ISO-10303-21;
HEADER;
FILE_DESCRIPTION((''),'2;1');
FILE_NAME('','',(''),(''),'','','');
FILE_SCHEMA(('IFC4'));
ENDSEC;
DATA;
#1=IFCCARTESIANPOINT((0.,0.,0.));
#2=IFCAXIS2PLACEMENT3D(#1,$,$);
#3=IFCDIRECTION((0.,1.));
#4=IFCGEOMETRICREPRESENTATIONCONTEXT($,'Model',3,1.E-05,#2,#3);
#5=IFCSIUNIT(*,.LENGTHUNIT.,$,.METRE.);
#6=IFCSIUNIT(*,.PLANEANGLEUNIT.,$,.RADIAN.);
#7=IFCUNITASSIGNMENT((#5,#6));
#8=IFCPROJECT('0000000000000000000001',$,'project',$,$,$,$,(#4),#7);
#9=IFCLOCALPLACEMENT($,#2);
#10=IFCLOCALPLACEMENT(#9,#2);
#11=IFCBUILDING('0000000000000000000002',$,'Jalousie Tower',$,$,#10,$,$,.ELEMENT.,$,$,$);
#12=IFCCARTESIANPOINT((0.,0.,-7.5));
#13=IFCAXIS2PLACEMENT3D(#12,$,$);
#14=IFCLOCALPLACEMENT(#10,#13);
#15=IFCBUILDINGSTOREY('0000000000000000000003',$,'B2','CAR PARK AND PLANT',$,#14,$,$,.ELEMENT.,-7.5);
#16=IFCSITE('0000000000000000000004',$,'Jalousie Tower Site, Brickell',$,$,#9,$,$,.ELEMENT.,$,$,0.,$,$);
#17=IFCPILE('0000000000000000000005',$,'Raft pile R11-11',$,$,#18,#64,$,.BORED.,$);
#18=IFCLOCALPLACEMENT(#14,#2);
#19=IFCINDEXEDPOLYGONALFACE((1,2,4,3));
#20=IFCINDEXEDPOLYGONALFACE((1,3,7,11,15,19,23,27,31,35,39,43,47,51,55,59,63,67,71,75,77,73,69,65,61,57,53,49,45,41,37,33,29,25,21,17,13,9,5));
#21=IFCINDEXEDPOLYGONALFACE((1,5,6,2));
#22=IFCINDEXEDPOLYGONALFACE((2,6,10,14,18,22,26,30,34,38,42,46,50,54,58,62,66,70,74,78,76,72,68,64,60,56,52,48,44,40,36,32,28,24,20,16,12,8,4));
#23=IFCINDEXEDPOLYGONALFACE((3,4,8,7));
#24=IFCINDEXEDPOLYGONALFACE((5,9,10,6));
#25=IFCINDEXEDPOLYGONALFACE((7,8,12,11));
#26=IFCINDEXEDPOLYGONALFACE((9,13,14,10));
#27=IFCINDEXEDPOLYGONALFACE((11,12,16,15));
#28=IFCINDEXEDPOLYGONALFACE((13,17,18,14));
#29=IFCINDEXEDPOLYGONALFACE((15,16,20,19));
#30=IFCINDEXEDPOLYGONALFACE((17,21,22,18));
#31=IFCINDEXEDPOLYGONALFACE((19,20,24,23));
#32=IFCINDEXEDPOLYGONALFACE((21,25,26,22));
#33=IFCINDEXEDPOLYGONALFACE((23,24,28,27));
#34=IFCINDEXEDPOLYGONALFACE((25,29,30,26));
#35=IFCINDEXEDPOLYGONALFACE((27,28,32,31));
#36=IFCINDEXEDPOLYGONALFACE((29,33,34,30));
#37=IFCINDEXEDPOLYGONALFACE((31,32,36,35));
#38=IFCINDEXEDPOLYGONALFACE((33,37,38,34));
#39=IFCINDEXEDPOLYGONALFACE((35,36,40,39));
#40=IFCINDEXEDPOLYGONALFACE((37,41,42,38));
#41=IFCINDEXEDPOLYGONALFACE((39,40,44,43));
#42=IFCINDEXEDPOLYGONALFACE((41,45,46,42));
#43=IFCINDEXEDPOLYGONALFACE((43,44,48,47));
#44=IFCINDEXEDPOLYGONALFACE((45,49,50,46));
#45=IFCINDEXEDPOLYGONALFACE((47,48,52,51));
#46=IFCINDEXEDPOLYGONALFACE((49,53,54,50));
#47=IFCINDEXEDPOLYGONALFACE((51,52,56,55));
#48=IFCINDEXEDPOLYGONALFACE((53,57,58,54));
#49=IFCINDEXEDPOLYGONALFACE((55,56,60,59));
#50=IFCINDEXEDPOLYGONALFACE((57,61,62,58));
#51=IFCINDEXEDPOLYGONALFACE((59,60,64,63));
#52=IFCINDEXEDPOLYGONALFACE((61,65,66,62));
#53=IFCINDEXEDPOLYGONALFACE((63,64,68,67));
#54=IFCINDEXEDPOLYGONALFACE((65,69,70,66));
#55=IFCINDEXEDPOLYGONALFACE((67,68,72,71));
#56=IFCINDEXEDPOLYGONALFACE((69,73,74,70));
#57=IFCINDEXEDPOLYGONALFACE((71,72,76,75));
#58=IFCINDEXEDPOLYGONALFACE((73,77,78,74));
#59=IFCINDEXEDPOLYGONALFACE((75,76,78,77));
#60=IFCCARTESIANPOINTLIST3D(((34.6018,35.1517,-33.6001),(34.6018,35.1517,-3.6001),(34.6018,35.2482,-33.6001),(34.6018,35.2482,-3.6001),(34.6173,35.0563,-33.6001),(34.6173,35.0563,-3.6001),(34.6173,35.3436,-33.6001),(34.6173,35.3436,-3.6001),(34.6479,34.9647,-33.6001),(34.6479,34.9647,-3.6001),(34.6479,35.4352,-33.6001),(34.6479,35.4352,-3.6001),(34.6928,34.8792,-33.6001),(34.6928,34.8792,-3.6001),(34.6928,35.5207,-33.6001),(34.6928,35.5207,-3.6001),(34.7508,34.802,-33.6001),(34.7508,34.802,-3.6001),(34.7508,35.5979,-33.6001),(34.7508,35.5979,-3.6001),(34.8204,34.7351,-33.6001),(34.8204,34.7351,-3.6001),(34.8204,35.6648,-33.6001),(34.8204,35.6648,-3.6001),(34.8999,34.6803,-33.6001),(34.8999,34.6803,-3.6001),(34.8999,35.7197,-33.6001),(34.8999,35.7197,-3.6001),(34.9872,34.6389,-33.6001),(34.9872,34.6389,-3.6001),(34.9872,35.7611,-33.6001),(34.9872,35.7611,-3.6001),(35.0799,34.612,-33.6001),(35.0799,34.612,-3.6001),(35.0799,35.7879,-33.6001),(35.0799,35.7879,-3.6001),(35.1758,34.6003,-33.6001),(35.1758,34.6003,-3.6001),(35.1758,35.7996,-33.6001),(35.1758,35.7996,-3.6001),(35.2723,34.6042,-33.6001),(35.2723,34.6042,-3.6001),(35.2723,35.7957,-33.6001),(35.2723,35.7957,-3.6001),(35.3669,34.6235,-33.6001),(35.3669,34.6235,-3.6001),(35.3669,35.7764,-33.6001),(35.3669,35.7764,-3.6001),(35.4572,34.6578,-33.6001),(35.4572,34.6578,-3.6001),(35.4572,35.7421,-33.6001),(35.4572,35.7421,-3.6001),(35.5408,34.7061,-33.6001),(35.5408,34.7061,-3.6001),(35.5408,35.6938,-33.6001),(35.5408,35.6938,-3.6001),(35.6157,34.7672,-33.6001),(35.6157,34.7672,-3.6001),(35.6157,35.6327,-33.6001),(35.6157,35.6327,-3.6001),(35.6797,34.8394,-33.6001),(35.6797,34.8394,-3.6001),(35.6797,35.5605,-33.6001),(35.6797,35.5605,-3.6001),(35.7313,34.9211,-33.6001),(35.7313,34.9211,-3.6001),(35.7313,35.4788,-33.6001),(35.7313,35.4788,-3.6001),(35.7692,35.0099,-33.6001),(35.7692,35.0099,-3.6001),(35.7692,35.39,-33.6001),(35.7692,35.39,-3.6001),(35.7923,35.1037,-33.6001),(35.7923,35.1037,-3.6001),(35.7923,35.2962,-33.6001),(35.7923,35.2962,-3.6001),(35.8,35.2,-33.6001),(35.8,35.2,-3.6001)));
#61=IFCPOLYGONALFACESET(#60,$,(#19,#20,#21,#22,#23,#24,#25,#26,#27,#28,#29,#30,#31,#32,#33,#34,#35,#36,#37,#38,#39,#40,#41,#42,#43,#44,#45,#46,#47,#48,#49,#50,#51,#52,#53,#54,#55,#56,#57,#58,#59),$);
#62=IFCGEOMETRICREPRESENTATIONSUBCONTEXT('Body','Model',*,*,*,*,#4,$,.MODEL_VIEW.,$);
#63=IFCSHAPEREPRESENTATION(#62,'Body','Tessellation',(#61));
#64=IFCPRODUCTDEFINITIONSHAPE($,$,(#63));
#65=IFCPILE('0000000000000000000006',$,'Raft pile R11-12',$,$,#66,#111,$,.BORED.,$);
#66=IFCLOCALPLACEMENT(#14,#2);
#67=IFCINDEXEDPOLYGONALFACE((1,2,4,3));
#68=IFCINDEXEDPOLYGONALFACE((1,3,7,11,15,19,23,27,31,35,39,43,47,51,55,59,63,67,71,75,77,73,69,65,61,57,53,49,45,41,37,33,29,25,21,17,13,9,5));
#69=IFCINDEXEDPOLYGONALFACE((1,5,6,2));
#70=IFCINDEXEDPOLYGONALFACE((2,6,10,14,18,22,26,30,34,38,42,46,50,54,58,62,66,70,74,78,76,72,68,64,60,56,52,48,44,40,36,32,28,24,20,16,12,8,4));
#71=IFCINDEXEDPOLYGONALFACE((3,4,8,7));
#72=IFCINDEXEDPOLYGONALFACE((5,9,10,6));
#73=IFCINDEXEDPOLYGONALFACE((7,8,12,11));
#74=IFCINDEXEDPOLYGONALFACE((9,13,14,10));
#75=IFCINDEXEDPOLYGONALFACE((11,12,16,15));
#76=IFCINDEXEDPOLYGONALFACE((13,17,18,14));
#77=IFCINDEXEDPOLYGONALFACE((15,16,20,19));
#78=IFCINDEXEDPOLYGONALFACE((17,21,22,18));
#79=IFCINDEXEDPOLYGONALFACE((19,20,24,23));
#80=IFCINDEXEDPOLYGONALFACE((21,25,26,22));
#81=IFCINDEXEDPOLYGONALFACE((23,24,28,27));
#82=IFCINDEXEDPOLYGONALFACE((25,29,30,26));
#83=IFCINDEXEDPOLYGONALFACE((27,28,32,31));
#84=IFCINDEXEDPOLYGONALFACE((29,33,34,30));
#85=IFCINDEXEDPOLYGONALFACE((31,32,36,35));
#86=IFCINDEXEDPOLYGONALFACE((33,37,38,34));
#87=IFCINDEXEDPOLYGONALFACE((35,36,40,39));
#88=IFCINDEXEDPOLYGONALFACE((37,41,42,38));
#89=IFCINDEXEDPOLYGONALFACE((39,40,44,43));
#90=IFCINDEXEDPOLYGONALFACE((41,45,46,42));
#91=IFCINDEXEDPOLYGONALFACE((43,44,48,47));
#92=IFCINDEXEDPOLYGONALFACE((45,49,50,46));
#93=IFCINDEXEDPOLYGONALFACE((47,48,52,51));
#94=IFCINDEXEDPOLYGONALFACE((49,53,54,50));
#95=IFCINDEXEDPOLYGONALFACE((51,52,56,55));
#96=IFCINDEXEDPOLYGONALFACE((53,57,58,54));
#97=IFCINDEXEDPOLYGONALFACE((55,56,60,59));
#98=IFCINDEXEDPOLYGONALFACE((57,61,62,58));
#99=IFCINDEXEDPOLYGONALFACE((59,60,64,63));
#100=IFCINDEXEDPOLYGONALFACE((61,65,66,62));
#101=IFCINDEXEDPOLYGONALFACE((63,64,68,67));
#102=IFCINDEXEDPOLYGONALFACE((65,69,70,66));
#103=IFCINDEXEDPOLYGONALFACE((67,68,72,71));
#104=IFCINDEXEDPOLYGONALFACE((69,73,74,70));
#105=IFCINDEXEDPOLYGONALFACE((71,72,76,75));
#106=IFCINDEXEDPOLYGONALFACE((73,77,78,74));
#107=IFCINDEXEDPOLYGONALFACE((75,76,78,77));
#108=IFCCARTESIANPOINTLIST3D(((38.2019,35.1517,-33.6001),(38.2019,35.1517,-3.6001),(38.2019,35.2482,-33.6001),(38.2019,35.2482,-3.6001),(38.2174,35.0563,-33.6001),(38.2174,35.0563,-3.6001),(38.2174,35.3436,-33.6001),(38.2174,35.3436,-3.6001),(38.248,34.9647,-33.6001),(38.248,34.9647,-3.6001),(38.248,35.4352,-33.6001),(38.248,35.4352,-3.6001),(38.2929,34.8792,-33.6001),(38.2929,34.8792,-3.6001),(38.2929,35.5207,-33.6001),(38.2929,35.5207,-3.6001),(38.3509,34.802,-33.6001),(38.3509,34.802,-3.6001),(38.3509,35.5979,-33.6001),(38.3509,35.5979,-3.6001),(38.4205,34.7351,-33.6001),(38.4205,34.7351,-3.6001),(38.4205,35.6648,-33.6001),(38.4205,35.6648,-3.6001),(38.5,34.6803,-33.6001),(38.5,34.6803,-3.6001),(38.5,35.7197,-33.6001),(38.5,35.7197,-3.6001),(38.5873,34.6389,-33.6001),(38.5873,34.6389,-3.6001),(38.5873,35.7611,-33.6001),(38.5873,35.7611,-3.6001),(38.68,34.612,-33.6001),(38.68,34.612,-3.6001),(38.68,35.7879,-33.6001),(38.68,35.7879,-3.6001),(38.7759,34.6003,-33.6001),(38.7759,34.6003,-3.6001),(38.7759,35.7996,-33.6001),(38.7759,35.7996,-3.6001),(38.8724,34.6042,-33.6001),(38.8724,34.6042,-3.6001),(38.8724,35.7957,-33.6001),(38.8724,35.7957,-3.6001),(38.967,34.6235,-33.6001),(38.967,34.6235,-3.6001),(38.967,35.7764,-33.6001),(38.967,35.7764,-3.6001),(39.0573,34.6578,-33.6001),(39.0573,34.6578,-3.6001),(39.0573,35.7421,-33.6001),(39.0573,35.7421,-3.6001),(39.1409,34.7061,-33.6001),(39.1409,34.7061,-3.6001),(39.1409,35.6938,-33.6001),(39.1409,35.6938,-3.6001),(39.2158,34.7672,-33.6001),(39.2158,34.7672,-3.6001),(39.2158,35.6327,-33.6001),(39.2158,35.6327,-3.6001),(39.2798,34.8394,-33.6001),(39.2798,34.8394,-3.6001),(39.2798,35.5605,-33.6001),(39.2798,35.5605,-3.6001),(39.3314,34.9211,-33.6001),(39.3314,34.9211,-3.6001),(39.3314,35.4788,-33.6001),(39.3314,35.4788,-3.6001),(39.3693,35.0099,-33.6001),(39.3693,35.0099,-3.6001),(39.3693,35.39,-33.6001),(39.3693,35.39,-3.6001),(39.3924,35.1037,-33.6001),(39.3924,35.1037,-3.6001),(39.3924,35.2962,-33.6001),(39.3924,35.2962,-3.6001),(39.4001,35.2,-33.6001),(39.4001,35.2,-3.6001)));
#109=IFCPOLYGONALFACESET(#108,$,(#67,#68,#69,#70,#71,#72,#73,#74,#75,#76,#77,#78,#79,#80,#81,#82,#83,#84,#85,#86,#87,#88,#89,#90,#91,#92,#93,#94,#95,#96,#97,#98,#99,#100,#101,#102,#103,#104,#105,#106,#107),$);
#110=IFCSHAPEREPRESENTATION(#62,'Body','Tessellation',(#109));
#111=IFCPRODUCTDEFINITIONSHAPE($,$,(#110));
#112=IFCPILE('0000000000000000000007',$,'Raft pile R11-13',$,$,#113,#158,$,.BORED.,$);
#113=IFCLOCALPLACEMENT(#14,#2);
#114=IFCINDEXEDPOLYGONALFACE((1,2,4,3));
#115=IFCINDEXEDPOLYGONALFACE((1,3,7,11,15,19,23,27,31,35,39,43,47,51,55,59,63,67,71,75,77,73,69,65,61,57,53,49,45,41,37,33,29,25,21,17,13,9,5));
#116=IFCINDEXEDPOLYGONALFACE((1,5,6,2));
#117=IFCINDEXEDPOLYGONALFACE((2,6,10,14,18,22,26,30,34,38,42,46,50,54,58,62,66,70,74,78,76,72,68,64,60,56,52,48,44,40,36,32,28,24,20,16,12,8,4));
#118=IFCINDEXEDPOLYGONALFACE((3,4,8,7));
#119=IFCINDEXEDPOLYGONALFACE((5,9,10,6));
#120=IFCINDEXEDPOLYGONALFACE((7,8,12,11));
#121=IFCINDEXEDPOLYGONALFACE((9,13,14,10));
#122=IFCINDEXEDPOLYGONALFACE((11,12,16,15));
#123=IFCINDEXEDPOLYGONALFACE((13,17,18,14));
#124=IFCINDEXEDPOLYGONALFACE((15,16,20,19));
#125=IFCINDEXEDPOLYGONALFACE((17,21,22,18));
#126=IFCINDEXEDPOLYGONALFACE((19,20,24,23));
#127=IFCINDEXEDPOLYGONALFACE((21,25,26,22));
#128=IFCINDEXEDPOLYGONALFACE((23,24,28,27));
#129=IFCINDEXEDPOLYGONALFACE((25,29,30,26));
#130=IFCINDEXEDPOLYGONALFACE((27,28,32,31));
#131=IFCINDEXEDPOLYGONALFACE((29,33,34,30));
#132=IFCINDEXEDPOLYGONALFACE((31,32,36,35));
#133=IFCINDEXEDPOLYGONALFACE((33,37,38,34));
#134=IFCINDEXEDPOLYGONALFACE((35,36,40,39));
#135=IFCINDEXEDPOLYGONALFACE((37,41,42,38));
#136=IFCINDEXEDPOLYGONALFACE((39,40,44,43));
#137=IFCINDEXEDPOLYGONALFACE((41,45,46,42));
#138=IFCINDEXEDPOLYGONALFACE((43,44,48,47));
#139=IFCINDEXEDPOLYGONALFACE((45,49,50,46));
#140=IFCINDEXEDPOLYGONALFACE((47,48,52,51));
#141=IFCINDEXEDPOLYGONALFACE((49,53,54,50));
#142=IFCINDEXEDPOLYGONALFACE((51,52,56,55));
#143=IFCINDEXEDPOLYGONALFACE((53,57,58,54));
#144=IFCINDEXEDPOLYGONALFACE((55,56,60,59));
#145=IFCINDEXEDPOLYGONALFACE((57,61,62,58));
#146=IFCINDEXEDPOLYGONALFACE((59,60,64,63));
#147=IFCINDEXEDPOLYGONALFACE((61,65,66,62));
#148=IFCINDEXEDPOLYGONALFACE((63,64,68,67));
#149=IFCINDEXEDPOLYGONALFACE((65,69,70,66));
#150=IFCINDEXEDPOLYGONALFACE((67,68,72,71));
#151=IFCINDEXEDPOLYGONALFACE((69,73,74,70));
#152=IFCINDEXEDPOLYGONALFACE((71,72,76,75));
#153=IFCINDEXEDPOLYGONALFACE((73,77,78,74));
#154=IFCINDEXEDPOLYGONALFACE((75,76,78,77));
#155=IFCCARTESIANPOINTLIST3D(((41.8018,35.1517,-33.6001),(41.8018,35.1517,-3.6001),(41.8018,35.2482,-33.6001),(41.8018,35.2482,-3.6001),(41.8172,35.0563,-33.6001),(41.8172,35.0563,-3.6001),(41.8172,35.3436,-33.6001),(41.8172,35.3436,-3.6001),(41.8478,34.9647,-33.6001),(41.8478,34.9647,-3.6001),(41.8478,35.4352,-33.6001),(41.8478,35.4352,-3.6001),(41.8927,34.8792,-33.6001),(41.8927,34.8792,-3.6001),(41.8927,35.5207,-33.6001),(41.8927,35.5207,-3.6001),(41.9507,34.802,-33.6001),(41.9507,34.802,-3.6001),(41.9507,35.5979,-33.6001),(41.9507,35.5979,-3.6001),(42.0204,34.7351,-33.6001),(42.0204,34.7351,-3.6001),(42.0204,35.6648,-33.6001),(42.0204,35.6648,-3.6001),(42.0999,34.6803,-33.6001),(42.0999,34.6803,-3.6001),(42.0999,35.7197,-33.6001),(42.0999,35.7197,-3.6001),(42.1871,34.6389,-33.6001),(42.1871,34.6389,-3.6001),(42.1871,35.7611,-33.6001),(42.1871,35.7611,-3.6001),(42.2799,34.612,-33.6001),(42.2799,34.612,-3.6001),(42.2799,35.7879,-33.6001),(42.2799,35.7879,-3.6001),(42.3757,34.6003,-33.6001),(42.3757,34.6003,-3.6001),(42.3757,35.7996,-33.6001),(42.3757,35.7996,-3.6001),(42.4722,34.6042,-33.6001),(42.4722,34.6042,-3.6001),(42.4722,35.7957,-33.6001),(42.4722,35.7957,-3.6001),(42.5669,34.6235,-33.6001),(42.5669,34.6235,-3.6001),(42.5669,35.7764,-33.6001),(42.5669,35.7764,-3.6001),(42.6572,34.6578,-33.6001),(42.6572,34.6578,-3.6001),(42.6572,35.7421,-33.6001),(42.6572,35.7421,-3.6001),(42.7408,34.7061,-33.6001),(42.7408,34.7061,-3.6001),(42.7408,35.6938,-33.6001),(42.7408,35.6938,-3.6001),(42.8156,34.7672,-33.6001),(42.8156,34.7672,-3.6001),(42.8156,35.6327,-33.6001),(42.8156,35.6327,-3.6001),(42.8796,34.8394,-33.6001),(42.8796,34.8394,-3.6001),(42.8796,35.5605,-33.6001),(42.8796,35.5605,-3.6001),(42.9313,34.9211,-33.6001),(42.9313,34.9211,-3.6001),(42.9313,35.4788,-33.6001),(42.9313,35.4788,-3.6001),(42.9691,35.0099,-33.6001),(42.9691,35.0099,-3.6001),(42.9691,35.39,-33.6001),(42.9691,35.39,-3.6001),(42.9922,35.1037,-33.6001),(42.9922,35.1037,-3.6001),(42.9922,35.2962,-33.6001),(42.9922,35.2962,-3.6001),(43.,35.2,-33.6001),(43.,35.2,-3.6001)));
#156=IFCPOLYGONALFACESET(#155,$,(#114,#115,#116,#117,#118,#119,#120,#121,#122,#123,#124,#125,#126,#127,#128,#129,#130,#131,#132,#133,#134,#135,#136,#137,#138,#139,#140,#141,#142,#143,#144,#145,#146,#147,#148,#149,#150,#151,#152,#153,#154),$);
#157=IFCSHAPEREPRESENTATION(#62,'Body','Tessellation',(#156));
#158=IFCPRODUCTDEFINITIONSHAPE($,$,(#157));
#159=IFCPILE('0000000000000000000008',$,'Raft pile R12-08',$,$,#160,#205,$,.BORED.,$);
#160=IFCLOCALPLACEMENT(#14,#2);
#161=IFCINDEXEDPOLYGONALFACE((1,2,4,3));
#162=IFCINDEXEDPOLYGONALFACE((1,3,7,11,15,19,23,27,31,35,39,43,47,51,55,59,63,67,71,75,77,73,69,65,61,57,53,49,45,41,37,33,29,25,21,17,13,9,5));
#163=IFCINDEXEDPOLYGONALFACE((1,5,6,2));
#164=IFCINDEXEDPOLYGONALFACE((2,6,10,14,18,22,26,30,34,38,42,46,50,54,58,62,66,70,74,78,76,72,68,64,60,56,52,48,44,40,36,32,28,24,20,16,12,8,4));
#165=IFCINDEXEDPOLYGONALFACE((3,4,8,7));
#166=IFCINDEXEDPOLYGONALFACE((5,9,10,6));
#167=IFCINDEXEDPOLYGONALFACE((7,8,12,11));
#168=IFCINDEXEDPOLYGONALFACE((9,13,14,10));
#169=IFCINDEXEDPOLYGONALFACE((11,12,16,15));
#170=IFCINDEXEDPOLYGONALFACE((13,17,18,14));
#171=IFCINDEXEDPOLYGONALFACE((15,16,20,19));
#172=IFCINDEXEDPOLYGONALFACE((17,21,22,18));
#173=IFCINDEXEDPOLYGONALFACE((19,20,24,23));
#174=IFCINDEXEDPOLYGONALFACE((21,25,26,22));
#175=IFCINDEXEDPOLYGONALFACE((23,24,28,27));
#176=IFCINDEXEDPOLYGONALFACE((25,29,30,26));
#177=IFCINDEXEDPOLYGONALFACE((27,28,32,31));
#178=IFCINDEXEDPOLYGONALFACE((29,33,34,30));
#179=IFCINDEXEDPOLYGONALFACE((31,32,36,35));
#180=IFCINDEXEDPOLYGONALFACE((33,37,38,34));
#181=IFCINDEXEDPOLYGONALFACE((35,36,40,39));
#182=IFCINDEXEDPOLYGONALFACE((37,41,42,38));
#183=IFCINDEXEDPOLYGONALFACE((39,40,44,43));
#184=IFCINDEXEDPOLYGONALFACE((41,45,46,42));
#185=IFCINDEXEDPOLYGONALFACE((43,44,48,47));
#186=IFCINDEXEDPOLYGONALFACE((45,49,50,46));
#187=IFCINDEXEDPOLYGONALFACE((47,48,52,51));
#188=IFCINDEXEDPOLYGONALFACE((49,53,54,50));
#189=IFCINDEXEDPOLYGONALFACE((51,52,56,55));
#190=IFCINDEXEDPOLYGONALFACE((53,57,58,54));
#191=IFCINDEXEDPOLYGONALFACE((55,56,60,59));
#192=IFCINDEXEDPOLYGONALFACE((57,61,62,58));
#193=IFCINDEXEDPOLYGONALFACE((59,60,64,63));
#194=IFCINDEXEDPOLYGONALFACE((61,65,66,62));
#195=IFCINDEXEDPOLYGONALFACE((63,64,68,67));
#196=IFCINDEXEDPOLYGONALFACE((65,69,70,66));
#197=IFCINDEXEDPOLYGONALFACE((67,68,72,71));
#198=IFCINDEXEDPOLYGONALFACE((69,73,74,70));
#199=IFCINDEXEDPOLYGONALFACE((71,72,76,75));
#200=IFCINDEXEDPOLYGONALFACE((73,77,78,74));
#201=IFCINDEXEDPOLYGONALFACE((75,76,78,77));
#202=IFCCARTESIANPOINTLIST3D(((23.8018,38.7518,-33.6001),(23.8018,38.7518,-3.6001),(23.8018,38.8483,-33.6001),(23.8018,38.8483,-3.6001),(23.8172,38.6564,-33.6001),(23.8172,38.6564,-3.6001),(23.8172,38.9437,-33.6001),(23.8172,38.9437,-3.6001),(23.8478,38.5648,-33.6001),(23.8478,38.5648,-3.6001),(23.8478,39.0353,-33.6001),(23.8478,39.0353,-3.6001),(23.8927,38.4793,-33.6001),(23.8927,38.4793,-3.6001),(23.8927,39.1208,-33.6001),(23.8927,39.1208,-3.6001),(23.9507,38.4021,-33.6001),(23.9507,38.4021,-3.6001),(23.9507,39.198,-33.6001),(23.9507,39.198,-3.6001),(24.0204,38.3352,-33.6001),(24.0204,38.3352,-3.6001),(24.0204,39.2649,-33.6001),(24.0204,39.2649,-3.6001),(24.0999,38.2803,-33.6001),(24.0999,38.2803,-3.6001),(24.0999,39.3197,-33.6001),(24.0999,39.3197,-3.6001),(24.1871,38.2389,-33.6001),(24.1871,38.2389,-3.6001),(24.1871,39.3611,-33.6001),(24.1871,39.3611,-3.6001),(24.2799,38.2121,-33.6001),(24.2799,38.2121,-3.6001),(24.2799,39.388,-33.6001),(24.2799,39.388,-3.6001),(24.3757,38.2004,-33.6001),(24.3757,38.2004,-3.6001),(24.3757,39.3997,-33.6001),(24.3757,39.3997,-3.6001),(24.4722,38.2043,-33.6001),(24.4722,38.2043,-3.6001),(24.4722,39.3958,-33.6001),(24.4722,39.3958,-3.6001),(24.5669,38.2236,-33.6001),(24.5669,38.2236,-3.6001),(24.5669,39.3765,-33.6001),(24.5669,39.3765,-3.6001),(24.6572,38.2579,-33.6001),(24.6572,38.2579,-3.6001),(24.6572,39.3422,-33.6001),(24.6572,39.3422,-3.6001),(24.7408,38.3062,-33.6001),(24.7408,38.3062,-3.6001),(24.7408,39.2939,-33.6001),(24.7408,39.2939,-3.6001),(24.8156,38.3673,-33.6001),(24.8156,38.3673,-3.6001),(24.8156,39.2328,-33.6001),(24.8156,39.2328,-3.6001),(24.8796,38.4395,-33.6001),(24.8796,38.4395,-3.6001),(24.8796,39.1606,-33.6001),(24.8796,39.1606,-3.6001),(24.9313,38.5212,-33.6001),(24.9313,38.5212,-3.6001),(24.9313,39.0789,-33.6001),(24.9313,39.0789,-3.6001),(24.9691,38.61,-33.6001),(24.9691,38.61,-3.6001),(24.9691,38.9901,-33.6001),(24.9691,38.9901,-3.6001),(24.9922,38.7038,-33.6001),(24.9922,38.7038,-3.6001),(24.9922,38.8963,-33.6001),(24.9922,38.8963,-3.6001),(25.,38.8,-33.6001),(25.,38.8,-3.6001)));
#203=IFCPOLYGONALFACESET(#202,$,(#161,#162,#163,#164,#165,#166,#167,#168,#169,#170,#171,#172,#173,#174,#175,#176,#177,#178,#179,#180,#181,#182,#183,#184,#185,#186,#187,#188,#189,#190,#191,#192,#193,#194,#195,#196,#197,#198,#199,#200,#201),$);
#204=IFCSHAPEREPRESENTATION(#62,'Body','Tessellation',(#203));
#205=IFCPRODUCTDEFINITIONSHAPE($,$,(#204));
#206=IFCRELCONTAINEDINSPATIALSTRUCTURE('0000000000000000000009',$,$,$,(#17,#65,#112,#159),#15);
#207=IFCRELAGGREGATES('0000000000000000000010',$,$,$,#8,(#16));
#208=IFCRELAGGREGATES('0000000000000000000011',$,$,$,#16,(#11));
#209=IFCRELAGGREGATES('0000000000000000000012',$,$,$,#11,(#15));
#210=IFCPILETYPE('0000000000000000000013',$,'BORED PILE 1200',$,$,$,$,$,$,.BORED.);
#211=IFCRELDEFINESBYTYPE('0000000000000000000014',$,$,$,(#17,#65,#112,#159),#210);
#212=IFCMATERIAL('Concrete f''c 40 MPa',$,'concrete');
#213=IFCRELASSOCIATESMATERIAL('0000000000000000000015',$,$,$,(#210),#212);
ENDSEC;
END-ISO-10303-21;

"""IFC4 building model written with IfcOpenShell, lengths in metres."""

from ifc_helpers import new_model, si_unit, direction, frame, origin, origin_2d, place, context, subcontext, project, spatial, circle, extrude, material, material_profile, profile_set, type_object, element, save


model = new_model("IFC4")

# Units and contexts
model_context = context("Model", 3, precision=1e-05, world=origin(), true_north=direction((0.0, 1.0)))
body_context = subcontext(model_context, "Body", "Model", "MODEL_VIEW")
ifc_project = project(units=[si_unit("LENGTHUNIT", "METRE"), si_unit("PLANEANGLEUNIT", "RADIAN")], contexts=[model_context])

# Site, building, storey
site_placement = place(None, origin())
site = spatial("IfcSite", under=ifc_project, at=site_placement, Name="Jalousie Tower Site, Brickell", CompositionType="ELEMENT", RefElevation=0.0)
building_placement = place(site_placement, origin())
building = spatial("IfcBuilding", under=site, at=building_placement, Name="Jalousie Tower", CompositionType="ELEMENT")
storey_placement = place(building_placement, frame((0.0, 0.0, -7.5)))
storey = spatial("IfcBuildingStorey", under=building, at=storey_placement, Name="B2", Description="CAR PARK AND PLANT", CompositionType="ELEMENT", Elevation=-7.5)

# Piles
ifc_material_1 = material(Name="Concrete f'c 40 MPa", Category="concrete")
ifc_material_profile_1 = material_profile(ifc_material_1, circle(Radius=0.6001, at=origin_2d()), Name="BORED PILE D1200")
ifc_profile_set_1 = profile_set([ifc_material_profile_1], Name="Concrete f'c 40 MPa")
pile_type = type_object("IfcPileType", Name="BORED PILE 1200", PredefinedType="BORED", material=ifc_profile_set_1)
for number, where, z_axis, x_axis, name in (
    (1, (35.2, 35.2, -3.6001), (0.0, 0.0, -1.0), (1.0, 0.0, 0.0), "Raft pile R11-11"),
    (2, (38.8, 35.2, -3.6001), (0.0, 0.0, -1.0), (1.0, 0.0, 0.0), "Raft pile R11-12"),
    (3, (42.3999, 35.2, -3.6001), (0.0, 0.0, -1.0), (1.0, 0.0, 0.0), "Raft pile R11-13"),
    (4, (24.3999, 38.8, -3.6001), (0.0, 0.0, -1.0), (1.0, 0.0, 0.0), "Raft pile R12-08"),
):
    element("IfcPile", number, at=place(storey_placement, frame(where, z_axis=z_axis, x_axis=x_axis)), inside=storey, type_object=pile_type, Name=name, PredefinedType="BORED", context=body_context, shape_type="SweptSolid", body=[
        extrude(circle(Radius=0.6001, at=origin_2d()), origin(), (0.0, 0.0, 1.0), 30.0),
    ])

save(model, "model.ifc")
